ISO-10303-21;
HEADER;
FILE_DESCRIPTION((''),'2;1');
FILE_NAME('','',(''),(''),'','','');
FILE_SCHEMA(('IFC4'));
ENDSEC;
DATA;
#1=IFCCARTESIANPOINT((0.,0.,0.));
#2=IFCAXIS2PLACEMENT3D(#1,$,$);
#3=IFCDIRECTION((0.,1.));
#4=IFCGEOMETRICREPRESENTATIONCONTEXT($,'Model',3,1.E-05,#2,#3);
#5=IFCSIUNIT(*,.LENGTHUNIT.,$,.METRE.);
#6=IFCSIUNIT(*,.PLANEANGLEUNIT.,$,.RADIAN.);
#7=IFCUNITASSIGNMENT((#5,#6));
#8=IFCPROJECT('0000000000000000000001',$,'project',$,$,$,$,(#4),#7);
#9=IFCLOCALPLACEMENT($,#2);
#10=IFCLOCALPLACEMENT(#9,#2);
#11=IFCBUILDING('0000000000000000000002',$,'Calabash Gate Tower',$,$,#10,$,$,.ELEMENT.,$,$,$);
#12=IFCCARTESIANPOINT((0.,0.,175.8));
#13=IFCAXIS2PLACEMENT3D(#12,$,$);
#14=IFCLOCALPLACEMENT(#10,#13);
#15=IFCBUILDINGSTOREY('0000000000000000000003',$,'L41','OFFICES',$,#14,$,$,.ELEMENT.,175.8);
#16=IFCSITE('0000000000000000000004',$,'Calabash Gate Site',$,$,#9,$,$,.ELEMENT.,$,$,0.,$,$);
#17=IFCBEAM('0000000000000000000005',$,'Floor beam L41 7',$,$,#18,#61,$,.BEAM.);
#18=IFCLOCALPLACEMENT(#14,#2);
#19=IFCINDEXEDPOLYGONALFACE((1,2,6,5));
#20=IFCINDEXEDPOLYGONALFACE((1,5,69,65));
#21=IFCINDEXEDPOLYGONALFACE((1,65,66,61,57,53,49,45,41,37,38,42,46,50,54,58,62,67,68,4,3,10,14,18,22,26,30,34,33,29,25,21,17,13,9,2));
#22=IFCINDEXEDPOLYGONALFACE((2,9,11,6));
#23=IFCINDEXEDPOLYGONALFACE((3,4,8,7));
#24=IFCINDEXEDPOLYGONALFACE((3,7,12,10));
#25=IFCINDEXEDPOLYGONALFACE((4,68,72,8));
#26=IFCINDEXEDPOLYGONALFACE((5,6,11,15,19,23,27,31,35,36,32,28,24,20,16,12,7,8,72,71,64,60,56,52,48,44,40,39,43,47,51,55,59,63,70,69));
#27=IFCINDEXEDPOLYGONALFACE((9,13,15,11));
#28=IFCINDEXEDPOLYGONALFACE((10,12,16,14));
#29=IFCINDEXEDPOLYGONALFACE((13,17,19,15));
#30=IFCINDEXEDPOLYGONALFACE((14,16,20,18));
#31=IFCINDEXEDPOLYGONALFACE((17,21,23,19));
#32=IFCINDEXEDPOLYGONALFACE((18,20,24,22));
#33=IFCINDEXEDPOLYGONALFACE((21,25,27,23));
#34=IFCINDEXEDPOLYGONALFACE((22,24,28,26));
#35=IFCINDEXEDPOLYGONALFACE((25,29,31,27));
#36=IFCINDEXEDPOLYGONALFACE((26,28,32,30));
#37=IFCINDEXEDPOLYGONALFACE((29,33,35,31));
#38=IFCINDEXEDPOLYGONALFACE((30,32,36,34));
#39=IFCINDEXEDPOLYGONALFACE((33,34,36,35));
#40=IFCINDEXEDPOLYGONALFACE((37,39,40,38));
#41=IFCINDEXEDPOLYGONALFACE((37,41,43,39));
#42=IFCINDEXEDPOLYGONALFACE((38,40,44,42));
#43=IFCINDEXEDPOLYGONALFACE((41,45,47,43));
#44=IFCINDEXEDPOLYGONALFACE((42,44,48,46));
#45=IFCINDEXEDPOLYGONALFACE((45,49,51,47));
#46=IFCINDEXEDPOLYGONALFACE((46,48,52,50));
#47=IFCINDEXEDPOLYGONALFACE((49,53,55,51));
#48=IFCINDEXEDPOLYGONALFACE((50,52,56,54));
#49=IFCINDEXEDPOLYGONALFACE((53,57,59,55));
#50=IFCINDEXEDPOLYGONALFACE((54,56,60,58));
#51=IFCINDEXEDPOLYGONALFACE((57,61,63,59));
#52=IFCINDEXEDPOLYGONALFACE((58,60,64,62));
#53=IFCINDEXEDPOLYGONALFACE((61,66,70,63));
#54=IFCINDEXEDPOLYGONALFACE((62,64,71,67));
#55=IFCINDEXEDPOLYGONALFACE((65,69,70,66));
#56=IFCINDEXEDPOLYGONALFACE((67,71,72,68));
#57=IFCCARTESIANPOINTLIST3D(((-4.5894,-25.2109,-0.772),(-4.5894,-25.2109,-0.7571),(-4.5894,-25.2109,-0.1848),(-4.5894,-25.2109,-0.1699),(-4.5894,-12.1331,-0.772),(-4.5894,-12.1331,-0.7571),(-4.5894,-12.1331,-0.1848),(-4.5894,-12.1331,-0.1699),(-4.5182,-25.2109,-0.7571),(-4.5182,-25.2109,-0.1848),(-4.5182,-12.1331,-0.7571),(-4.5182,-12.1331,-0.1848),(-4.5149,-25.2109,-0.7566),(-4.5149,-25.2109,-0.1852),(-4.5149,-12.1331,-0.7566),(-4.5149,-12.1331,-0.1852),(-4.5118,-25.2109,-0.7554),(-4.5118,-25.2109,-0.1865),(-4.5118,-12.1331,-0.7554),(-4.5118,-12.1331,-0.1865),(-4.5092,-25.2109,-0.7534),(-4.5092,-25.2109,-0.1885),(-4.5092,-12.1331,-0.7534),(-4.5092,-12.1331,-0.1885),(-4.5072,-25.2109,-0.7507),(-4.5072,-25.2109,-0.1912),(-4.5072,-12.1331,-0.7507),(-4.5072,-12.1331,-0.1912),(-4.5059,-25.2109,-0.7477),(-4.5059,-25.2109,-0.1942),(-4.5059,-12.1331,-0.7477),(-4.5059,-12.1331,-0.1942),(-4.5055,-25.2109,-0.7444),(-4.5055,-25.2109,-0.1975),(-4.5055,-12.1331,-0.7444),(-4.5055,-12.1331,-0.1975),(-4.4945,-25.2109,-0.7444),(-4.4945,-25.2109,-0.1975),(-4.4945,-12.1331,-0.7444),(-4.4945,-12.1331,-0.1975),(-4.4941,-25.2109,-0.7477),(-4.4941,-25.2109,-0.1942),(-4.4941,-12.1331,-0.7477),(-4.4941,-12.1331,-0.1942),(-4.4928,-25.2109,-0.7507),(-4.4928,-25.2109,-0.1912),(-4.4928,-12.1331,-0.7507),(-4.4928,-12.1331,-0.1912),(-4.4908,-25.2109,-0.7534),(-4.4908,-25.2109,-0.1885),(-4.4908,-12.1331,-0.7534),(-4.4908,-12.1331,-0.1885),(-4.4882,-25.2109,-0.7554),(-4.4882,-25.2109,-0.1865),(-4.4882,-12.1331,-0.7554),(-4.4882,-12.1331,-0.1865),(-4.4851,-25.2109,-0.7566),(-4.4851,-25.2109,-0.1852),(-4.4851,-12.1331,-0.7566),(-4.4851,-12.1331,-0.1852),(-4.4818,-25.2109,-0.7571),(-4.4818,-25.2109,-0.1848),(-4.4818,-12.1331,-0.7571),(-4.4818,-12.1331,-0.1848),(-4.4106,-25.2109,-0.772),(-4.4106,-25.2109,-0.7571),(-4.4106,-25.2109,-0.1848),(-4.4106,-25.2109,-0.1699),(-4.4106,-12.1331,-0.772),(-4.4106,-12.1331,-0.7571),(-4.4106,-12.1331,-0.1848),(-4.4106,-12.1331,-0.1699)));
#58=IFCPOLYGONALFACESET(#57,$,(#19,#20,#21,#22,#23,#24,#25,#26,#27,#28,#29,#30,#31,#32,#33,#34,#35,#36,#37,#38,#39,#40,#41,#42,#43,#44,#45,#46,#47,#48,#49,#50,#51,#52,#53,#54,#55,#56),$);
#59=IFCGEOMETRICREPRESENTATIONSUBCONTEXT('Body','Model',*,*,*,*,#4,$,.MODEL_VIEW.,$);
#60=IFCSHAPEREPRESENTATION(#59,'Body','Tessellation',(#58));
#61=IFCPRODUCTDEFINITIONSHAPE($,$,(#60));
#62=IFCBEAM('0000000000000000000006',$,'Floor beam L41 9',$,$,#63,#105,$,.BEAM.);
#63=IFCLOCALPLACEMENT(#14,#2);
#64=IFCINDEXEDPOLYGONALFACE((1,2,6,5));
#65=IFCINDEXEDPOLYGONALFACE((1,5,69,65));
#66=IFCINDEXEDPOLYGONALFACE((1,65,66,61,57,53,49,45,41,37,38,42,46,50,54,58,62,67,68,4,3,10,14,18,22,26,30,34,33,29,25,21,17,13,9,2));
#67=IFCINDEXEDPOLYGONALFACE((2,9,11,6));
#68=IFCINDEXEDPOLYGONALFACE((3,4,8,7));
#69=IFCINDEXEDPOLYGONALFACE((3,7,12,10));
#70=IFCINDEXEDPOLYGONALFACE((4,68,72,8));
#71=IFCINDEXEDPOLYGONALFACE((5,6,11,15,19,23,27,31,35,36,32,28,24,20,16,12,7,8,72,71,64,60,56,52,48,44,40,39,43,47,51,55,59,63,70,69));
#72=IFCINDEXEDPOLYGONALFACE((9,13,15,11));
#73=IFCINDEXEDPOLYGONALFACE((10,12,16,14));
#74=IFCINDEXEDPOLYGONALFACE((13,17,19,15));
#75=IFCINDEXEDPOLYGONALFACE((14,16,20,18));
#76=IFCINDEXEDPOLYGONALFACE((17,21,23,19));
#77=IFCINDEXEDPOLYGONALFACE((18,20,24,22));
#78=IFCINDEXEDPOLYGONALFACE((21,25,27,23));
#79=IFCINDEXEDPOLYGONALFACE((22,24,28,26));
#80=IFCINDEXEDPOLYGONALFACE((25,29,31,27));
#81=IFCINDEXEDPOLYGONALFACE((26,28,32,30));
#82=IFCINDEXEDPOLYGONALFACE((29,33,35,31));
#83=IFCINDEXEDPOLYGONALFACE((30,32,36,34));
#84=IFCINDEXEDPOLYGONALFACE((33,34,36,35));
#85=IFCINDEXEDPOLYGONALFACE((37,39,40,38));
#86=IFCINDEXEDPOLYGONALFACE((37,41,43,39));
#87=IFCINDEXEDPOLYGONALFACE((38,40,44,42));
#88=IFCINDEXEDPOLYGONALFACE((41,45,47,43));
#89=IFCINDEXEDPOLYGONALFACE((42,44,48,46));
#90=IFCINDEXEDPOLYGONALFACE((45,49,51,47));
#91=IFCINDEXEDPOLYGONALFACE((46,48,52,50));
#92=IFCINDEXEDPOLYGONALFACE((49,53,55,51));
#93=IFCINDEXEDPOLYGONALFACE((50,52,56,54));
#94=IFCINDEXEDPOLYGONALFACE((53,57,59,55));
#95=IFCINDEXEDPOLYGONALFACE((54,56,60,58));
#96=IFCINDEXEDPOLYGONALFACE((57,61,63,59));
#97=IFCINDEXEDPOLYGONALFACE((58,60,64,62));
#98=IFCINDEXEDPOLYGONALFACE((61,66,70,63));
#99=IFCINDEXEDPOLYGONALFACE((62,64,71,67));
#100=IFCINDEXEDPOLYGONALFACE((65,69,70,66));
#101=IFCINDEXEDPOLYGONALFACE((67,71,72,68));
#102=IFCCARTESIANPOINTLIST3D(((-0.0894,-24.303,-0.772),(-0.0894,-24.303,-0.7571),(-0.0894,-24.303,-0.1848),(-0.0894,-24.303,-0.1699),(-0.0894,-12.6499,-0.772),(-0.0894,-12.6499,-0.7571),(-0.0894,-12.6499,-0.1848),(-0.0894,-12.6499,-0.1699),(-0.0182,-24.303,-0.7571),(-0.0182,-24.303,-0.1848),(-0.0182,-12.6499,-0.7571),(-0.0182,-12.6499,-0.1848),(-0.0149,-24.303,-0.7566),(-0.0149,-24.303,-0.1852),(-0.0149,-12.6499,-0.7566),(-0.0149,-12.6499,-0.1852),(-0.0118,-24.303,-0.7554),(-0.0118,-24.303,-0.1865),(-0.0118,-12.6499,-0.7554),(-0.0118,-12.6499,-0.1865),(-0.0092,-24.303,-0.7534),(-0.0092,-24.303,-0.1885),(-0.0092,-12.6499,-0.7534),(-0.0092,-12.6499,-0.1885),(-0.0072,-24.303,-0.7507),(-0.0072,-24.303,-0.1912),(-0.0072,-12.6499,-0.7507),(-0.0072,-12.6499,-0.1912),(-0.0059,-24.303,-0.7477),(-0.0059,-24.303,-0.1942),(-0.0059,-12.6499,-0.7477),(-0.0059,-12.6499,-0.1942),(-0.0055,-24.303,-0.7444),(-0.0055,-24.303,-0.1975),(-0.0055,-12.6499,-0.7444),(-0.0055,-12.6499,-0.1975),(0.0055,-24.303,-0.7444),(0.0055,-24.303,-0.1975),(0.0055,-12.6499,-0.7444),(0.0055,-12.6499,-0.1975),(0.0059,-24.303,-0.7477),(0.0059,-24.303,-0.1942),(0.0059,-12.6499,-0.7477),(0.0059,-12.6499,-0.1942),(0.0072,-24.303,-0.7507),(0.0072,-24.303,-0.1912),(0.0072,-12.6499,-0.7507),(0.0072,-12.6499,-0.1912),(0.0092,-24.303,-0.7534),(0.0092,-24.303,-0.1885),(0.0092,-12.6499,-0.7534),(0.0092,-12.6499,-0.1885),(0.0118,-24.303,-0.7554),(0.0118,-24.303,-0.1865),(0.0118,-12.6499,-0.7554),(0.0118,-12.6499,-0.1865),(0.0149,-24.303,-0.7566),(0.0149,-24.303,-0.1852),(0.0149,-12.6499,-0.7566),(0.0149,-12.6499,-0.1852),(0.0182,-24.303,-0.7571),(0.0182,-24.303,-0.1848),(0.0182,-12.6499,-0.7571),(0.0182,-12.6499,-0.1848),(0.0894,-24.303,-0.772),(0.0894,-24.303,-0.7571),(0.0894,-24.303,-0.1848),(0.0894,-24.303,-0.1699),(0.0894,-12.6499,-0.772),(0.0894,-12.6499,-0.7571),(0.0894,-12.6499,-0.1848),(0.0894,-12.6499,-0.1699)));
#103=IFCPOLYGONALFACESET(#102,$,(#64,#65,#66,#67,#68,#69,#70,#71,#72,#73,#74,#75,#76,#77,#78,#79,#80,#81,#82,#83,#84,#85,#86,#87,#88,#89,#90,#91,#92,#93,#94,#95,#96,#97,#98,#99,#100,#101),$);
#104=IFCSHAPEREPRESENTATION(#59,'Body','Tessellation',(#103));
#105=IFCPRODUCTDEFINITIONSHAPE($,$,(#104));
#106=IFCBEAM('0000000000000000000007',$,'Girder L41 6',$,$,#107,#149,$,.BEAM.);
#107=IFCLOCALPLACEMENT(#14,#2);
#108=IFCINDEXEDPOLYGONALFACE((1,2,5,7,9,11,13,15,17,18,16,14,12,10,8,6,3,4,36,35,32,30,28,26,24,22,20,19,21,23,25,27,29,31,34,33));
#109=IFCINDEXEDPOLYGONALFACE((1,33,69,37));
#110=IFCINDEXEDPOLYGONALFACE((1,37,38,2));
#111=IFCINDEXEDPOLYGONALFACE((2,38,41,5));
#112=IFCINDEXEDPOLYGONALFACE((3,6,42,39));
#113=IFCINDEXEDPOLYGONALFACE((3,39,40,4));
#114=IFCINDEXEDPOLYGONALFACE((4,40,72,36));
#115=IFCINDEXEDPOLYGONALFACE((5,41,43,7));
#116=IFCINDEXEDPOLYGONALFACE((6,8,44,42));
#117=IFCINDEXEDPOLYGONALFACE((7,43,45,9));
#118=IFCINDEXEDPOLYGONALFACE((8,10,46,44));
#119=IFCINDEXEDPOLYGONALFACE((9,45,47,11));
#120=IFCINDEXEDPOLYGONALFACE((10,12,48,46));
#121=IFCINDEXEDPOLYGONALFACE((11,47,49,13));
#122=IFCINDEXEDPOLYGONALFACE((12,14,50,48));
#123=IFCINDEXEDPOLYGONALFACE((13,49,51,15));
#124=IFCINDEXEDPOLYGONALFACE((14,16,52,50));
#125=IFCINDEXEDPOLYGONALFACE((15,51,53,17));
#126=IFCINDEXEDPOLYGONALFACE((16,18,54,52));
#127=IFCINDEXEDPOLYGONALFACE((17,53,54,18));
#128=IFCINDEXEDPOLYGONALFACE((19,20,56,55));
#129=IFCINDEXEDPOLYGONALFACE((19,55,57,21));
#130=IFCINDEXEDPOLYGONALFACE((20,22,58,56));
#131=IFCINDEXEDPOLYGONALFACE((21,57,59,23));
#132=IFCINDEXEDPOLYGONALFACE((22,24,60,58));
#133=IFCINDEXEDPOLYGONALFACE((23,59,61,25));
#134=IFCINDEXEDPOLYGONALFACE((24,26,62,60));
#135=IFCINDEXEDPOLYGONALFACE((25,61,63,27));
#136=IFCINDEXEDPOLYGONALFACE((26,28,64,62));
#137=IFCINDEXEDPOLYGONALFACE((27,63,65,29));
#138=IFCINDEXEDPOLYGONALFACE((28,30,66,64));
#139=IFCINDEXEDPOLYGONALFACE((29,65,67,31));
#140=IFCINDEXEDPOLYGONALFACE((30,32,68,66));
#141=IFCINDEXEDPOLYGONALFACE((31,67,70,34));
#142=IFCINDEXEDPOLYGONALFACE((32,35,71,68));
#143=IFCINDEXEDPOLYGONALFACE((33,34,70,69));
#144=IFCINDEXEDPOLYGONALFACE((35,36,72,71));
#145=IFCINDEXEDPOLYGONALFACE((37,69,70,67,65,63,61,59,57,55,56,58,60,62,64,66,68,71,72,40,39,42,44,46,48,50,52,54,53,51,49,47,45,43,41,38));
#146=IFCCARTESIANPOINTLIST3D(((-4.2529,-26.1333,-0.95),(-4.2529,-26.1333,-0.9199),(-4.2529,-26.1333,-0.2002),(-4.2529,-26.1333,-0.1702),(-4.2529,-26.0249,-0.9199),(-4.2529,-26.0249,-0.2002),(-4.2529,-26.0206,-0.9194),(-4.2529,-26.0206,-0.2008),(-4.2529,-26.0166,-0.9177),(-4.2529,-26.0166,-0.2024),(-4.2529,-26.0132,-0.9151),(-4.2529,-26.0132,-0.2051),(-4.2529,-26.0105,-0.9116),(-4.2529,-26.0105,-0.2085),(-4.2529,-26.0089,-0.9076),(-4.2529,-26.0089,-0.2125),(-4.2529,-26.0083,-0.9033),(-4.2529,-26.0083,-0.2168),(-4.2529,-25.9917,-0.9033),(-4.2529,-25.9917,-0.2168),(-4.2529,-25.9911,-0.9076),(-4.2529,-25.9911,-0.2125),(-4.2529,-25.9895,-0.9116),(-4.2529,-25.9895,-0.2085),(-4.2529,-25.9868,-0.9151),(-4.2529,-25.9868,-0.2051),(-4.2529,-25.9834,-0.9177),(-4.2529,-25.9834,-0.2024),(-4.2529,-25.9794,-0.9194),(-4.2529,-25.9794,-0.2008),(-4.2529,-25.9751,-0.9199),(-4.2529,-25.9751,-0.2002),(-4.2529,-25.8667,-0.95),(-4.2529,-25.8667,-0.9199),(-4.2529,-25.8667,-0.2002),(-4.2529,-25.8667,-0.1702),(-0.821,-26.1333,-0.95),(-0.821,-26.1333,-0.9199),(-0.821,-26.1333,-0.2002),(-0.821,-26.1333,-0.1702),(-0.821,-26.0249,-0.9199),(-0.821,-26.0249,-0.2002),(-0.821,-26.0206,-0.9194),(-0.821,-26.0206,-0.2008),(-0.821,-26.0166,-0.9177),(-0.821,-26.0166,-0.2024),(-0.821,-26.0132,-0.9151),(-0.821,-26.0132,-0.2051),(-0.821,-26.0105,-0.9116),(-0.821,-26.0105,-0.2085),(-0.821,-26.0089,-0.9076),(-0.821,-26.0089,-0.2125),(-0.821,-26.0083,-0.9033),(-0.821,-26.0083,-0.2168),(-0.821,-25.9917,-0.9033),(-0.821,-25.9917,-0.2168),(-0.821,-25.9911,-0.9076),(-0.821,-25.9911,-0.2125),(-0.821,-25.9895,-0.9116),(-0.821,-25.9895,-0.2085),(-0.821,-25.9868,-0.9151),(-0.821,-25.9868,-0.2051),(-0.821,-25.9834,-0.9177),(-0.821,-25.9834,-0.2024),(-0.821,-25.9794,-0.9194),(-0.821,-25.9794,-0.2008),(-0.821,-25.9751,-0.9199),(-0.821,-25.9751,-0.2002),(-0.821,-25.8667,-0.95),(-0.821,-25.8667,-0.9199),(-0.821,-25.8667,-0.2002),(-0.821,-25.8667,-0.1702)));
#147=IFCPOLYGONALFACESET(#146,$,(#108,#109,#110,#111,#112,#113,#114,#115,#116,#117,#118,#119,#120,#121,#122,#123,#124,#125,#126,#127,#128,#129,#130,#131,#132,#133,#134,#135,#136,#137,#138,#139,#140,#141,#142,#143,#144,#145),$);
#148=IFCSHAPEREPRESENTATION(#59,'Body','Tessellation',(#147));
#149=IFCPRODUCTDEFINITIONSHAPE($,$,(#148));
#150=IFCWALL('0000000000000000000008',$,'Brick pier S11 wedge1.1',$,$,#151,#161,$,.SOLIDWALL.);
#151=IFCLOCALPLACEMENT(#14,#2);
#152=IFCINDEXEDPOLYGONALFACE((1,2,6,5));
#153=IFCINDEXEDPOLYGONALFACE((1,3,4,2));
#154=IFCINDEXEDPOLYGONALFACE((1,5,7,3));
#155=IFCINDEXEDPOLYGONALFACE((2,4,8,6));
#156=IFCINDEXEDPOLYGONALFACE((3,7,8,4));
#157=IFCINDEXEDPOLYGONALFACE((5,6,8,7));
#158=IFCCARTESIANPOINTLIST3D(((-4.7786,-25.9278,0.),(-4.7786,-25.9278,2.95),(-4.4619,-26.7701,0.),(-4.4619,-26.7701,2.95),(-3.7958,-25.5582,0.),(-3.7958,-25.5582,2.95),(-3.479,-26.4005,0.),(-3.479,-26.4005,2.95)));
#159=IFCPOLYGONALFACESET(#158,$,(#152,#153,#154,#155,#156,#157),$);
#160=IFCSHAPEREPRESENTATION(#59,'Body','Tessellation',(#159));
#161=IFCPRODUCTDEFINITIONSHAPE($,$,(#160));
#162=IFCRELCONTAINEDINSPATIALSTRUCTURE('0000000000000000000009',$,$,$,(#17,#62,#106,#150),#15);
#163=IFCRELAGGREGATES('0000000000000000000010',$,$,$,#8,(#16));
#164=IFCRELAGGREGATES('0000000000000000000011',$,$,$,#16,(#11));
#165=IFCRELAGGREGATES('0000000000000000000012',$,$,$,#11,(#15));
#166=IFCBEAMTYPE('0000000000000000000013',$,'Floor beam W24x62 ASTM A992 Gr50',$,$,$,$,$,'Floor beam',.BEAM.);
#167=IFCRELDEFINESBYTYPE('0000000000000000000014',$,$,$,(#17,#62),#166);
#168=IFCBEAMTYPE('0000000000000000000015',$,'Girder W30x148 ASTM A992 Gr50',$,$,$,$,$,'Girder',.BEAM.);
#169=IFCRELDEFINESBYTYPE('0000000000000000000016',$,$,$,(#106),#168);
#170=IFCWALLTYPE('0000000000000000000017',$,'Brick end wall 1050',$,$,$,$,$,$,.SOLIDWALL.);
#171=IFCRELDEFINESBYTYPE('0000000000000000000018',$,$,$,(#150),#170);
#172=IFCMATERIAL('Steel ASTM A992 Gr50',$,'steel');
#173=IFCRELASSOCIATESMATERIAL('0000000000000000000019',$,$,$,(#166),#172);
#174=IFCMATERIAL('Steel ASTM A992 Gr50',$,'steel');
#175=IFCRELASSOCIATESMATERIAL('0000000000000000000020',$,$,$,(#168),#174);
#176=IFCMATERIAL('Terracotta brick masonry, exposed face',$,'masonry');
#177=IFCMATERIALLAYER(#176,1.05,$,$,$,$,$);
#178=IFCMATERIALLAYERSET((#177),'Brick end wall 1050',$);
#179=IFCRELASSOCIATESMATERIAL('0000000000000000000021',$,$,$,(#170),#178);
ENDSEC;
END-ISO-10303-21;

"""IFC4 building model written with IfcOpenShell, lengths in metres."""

from ifc_helpers import new_model, si_unit, direction, frame, frame_2d, origin, origin_2d, place, context, subcontext, project, spatial, rectangle, i_section, extrude, material, layer, layer_set, material_profile, profile_set, type_object, element, save


model = new_model("IFC4")

# Units and contexts
model_context = context("Model", 3, precision=1e-05, world=origin(), true_north=direction((0.0, 1.0)))
body_context = subcontext(model_context, "Body", "Model", "MODEL_VIEW")
ifc_project = project(units=[si_unit("LENGTHUNIT", "METRE"), si_unit("PLANEANGLEUNIT", "RADIAN")], contexts=[model_context])

# Site, building, storey
site_placement = place(None, origin())
site = spatial("IfcSite", under=ifc_project, at=site_placement, Name="Calabash Gate Site", CompositionType="ELEMENT", RefElevation=0.0)
building_placement = place(site_placement, origin())
building = spatial("IfcBuilding", under=site, at=building_placement, Name="Calabash Gate Tower", CompositionType="ELEMENT")
storey_placement = place(building_placement, frame((0.0, 0.0, 175.8)))
storey = spatial("IfcBuildingStorey", under=building, at=storey_placement, Name="L41", Description="OFFICES", CompositionType="ELEMENT", Elevation=175.8)

# Beams
ifc_material_1 = material(Name="Steel ASTM A992 Gr50", Category="steel")
ifc_material_profile_1 = material_profile(ifc_material_1, i_section(OverallWidth=0.1787, OverallDepth=0.6021, WebThickness=0.011, FlangeThickness=0.0149, FilletRadius=0.0127, at=origin_2d()))
ifc_profile_set_1 = profile_set([ifc_material_profile_1], Name="Steel ASTM A992 Gr50")
beam_type_1 = type_object("IfcBeamType", Name="Floor beam W24x62 ASTM A992 Gr50", ElementType="Floor beam", PredefinedType="BEAM", material=ifc_profile_set_1)
beam_1_placement = place(storey_placement, frame((-4.5, -25.2109, -0.4709), z_axis=(0.0, 1.0, 0.0), x_axis=(-1.0, 0.0, 0.0)))
element("IfcBeam", 1, at=beam_1_placement, inside=storey, type_object=beam_type_1, Name="Floor beam L41 7", PredefinedType="BEAM", context=body_context, shape_type="SweptSolid", body=[
    extrude(i_section(OverallWidth=0.1787, OverallDepth=0.6021, WebThickness=0.011, FlangeThickness=0.0149, FilletRadius=0.0127, at=origin_2d()), origin(), (0.0, 0.0, 1.0), 13.0779),
])
beam_2_placement = place(storey_placement, frame((0.0, -24.303, -0.4709), z_axis=(0.0, 1.0, 0.0), x_axis=(-1.0, 0.0, 0.0)))
element("IfcBeam", 2, at=beam_2_placement, inside=storey, type_object=beam_type_1, Name="Floor beam L41 9", PredefinedType="BEAM", context=body_context, shape_type="SweptSolid", body=[
    extrude(i_section(OverallWidth=0.1787, OverallDepth=0.6021, WebThickness=0.011, FlangeThickness=0.0149, FilletRadius=0.0127, at=origin_2d()), origin(), (0.0, 0.0, 1.0), 11.6531),
])
ifc_material_2 = material(Name="Steel ASTM A992 Gr50", Category="steel")
ifc_material_profile_2 = material_profile(ifc_material_2, i_section(OverallWidth=0.2666, OverallDepth=0.7798, WebThickness=0.0166, FlangeThickness=0.03, FilletRadius=0.0166, at=origin_2d()))
ifc_profile_set_2 = profile_set([ifc_material_profile_2], Name="Steel ASTM A992 Gr50")
beam_type_2 = type_object("IfcBeamType", Name="Girder W30x148 ASTM A992 Gr50", ElementType="Girder", PredefinedType="BEAM", material=ifc_profile_set_2)
beam_3_placement = place(storey_placement, frame((-4.2529, -26.0, -0.5601), z_axis=(1.0, 0.0, 0.0), x_axis=(0.0, 1.0, 0.0)))
element("IfcBeam", 3, at=beam_3_placement, inside=storey, type_object=beam_type_2, Name="Girder L41 6", PredefinedType="BEAM", context=body_context, shape_type="SweptSolid", body=[
    extrude(i_section(OverallWidth=0.2666, OverallDepth=0.7798, WebThickness=0.0166, FlangeThickness=0.03, FilletRadius=0.0166, at=origin_2d()), origin(), (0.0, 0.0, 1.0), 3.4319),
])

# Wall
ifc_material_3 = material(Name="Terracotta brick masonry, exposed face", Category="masonry")
ifc_layer_1 = layer(ifc_material_3, 1.05)
ifc_layer_set_1 = layer_set([ifc_layer_1], Name="Brick end wall 1050")
wall_type_1 = type_object("IfcWallType", Name="Brick end wall 1050", PredefinedType="SOLIDWALL", material=ifc_layer_set_1)
wall_1_placement = place(storey_placement, frame((-4.6201, -26.3489, 0.0), z_axis=(0.0, 0.0, 1.0), x_axis=(0.936004, 0.35199, 0.0)))
element("IfcWall", 4, at=wall_1_placement, inside=storey, type_object=wall_type_1, Name="Brick pier S11 wedge1.1", PredefinedType="SOLIDWALL", context=body_context, shape_type="SweptSolid", body=[
    extrude(rectangle(XDim=1.05, YDim=0.8999, at=frame_2d((0.5249, 0.0))), origin(), (0.0, 0.0, 1.0), 2.95),
])

save(model, "model.ifc")
